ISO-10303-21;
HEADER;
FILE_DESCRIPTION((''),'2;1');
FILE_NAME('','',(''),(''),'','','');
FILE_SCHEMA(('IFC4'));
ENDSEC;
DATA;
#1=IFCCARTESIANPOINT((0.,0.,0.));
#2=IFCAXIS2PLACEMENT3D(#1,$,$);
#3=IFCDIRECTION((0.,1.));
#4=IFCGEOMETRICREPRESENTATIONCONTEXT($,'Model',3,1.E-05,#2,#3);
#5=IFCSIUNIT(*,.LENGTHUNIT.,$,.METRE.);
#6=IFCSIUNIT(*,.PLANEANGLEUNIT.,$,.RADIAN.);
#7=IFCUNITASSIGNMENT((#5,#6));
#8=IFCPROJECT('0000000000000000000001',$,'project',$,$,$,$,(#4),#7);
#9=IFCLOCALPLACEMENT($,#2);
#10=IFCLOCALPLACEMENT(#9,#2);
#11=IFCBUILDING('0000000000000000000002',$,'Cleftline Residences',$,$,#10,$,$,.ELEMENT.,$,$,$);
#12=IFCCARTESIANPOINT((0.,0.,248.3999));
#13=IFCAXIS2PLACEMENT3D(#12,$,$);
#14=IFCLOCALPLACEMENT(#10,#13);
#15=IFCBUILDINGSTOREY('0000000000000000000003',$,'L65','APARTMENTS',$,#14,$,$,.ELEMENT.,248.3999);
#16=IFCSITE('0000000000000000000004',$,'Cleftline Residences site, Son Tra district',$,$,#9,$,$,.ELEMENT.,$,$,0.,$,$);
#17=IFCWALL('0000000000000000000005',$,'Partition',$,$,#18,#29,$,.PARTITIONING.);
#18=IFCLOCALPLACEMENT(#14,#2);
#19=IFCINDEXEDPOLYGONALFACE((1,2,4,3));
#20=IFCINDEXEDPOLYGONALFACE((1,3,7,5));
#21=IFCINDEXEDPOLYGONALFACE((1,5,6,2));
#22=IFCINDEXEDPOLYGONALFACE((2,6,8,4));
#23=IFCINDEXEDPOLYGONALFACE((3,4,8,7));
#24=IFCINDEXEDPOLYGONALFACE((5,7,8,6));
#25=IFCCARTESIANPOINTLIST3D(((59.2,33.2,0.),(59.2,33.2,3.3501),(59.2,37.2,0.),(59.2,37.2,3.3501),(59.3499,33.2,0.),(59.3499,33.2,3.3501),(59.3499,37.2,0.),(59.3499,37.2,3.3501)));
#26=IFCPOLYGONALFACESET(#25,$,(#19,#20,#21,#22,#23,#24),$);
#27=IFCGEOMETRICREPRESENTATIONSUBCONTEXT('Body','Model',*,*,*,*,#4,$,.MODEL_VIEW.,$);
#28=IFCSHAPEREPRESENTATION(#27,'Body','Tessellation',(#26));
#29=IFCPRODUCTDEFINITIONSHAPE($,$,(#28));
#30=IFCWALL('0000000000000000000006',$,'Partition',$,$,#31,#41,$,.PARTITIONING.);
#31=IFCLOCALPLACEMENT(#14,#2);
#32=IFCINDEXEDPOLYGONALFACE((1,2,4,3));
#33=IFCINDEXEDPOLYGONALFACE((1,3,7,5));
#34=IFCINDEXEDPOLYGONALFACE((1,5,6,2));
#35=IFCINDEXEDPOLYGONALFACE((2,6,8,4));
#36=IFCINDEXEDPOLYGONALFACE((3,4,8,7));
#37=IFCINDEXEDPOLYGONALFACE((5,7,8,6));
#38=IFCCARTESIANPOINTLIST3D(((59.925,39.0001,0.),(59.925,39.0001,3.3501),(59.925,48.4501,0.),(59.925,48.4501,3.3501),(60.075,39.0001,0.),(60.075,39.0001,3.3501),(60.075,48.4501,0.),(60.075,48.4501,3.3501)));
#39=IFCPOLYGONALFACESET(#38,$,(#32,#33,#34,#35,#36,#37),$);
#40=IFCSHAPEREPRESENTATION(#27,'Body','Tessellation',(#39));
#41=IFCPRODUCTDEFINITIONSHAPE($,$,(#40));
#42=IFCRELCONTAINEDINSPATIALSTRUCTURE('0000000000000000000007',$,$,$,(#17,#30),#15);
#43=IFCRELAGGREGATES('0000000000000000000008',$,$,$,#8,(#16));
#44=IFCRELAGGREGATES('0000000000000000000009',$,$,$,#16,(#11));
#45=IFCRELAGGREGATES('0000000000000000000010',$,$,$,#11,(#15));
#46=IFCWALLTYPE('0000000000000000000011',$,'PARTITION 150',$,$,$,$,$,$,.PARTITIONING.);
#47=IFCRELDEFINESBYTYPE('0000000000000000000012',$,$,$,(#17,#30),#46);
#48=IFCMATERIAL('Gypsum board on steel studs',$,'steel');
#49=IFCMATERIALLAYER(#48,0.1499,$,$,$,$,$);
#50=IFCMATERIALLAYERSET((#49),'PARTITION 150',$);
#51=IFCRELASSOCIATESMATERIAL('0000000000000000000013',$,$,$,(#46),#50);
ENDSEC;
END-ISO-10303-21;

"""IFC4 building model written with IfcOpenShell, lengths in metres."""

from ifc_helpers import new_model, si_unit, direction, frame, frame_2d, origin, place, context, subcontext, project, spatial, rectangle, extrude, material, layer, layer_set, type_object, element, save


model = new_model("IFC4")

# Units and contexts
model_context = context("Model", 3, precision=1e-05, world=origin(), true_north=direction((0.0, 1.0)))
body_context = subcontext(model_context, "Body", "Model", "MODEL_VIEW")
ifc_project = project(units=[si_unit("LENGTHUNIT", "METRE"), si_unit("PLANEANGLEUNIT", "RADIAN")], contexts=[model_context])

# Site, building, storey
site_placement = place(None, origin())
site = spatial("IfcSite", under=ifc_project, at=site_placement, Name="Cleftline Residences site, Son Tra district", CompositionType="ELEMENT", RefElevation=0.0)
building_placement = place(site_placement, origin())
building = spatial("IfcBuilding", under=site, at=building_placement, Name="Cleftline Residences", CompositionType="ELEMENT")
storey_placement = place(building_placement, frame((0.0, 0.0, 248.3999)))
storey = spatial("IfcBuildingStorey", under=building, at=storey_placement, Name="L65", Description="APARTMENTS", CompositionType="ELEMENT", Elevation=248.3999)

# Shared definitions
ifc_material_1 = material(Name="Gypsum board on steel studs", Category="steel")
ifc_layer_1 = layer(ifc_material_1, 0.1499)
ifc_layer_set_1 = layer_set([ifc_layer_1], Name="PARTITION 150")
wall_type_1 = type_object("IfcWallType", Name="PARTITION 150", PredefinedType="PARTITIONING", material=ifc_layer_set_1)

# Walls
wall_1_placement = place(storey_placement, frame((59.2749, 33.2, 0.0), z_axis=(0.0, 0.0, 1.0), x_axis=(0.0, 1.0, 0.0)))
element("IfcWall", 1, at=wall_1_placement, inside=storey, type_object=wall_type_1, Name="Partition", PredefinedType="PARTITIONING", context=body_context, shape_type="SweptSolid", body=[
    extrude(rectangle(XDim=4.0, YDim=0.1499, at=frame_2d((2.0, 0.0))), origin(), (0.0, 0.0, 1.0), 3.3501),
])
wall_2_placement = place(storey_placement, frame((60.0, 39.0, 0.0), z_axis=(0.0, 0.0, 1.0), x_axis=(0.0, 1.0, 0.0)))
element("IfcWall", 2, at=wall_2_placement, inside=storey, type_object=wall_type_1, Name="Partition", PredefinedType="PARTITIONING", context=body_context, shape_type="SweptSolid", body=[
    extrude(rectangle(XDim=9.45, YDim=0.1499, at=frame_2d((4.7251, 0.0))), origin(), (0.0, 0.0, 1.0), 3.3501),
])

save(model, "model.ifc")
